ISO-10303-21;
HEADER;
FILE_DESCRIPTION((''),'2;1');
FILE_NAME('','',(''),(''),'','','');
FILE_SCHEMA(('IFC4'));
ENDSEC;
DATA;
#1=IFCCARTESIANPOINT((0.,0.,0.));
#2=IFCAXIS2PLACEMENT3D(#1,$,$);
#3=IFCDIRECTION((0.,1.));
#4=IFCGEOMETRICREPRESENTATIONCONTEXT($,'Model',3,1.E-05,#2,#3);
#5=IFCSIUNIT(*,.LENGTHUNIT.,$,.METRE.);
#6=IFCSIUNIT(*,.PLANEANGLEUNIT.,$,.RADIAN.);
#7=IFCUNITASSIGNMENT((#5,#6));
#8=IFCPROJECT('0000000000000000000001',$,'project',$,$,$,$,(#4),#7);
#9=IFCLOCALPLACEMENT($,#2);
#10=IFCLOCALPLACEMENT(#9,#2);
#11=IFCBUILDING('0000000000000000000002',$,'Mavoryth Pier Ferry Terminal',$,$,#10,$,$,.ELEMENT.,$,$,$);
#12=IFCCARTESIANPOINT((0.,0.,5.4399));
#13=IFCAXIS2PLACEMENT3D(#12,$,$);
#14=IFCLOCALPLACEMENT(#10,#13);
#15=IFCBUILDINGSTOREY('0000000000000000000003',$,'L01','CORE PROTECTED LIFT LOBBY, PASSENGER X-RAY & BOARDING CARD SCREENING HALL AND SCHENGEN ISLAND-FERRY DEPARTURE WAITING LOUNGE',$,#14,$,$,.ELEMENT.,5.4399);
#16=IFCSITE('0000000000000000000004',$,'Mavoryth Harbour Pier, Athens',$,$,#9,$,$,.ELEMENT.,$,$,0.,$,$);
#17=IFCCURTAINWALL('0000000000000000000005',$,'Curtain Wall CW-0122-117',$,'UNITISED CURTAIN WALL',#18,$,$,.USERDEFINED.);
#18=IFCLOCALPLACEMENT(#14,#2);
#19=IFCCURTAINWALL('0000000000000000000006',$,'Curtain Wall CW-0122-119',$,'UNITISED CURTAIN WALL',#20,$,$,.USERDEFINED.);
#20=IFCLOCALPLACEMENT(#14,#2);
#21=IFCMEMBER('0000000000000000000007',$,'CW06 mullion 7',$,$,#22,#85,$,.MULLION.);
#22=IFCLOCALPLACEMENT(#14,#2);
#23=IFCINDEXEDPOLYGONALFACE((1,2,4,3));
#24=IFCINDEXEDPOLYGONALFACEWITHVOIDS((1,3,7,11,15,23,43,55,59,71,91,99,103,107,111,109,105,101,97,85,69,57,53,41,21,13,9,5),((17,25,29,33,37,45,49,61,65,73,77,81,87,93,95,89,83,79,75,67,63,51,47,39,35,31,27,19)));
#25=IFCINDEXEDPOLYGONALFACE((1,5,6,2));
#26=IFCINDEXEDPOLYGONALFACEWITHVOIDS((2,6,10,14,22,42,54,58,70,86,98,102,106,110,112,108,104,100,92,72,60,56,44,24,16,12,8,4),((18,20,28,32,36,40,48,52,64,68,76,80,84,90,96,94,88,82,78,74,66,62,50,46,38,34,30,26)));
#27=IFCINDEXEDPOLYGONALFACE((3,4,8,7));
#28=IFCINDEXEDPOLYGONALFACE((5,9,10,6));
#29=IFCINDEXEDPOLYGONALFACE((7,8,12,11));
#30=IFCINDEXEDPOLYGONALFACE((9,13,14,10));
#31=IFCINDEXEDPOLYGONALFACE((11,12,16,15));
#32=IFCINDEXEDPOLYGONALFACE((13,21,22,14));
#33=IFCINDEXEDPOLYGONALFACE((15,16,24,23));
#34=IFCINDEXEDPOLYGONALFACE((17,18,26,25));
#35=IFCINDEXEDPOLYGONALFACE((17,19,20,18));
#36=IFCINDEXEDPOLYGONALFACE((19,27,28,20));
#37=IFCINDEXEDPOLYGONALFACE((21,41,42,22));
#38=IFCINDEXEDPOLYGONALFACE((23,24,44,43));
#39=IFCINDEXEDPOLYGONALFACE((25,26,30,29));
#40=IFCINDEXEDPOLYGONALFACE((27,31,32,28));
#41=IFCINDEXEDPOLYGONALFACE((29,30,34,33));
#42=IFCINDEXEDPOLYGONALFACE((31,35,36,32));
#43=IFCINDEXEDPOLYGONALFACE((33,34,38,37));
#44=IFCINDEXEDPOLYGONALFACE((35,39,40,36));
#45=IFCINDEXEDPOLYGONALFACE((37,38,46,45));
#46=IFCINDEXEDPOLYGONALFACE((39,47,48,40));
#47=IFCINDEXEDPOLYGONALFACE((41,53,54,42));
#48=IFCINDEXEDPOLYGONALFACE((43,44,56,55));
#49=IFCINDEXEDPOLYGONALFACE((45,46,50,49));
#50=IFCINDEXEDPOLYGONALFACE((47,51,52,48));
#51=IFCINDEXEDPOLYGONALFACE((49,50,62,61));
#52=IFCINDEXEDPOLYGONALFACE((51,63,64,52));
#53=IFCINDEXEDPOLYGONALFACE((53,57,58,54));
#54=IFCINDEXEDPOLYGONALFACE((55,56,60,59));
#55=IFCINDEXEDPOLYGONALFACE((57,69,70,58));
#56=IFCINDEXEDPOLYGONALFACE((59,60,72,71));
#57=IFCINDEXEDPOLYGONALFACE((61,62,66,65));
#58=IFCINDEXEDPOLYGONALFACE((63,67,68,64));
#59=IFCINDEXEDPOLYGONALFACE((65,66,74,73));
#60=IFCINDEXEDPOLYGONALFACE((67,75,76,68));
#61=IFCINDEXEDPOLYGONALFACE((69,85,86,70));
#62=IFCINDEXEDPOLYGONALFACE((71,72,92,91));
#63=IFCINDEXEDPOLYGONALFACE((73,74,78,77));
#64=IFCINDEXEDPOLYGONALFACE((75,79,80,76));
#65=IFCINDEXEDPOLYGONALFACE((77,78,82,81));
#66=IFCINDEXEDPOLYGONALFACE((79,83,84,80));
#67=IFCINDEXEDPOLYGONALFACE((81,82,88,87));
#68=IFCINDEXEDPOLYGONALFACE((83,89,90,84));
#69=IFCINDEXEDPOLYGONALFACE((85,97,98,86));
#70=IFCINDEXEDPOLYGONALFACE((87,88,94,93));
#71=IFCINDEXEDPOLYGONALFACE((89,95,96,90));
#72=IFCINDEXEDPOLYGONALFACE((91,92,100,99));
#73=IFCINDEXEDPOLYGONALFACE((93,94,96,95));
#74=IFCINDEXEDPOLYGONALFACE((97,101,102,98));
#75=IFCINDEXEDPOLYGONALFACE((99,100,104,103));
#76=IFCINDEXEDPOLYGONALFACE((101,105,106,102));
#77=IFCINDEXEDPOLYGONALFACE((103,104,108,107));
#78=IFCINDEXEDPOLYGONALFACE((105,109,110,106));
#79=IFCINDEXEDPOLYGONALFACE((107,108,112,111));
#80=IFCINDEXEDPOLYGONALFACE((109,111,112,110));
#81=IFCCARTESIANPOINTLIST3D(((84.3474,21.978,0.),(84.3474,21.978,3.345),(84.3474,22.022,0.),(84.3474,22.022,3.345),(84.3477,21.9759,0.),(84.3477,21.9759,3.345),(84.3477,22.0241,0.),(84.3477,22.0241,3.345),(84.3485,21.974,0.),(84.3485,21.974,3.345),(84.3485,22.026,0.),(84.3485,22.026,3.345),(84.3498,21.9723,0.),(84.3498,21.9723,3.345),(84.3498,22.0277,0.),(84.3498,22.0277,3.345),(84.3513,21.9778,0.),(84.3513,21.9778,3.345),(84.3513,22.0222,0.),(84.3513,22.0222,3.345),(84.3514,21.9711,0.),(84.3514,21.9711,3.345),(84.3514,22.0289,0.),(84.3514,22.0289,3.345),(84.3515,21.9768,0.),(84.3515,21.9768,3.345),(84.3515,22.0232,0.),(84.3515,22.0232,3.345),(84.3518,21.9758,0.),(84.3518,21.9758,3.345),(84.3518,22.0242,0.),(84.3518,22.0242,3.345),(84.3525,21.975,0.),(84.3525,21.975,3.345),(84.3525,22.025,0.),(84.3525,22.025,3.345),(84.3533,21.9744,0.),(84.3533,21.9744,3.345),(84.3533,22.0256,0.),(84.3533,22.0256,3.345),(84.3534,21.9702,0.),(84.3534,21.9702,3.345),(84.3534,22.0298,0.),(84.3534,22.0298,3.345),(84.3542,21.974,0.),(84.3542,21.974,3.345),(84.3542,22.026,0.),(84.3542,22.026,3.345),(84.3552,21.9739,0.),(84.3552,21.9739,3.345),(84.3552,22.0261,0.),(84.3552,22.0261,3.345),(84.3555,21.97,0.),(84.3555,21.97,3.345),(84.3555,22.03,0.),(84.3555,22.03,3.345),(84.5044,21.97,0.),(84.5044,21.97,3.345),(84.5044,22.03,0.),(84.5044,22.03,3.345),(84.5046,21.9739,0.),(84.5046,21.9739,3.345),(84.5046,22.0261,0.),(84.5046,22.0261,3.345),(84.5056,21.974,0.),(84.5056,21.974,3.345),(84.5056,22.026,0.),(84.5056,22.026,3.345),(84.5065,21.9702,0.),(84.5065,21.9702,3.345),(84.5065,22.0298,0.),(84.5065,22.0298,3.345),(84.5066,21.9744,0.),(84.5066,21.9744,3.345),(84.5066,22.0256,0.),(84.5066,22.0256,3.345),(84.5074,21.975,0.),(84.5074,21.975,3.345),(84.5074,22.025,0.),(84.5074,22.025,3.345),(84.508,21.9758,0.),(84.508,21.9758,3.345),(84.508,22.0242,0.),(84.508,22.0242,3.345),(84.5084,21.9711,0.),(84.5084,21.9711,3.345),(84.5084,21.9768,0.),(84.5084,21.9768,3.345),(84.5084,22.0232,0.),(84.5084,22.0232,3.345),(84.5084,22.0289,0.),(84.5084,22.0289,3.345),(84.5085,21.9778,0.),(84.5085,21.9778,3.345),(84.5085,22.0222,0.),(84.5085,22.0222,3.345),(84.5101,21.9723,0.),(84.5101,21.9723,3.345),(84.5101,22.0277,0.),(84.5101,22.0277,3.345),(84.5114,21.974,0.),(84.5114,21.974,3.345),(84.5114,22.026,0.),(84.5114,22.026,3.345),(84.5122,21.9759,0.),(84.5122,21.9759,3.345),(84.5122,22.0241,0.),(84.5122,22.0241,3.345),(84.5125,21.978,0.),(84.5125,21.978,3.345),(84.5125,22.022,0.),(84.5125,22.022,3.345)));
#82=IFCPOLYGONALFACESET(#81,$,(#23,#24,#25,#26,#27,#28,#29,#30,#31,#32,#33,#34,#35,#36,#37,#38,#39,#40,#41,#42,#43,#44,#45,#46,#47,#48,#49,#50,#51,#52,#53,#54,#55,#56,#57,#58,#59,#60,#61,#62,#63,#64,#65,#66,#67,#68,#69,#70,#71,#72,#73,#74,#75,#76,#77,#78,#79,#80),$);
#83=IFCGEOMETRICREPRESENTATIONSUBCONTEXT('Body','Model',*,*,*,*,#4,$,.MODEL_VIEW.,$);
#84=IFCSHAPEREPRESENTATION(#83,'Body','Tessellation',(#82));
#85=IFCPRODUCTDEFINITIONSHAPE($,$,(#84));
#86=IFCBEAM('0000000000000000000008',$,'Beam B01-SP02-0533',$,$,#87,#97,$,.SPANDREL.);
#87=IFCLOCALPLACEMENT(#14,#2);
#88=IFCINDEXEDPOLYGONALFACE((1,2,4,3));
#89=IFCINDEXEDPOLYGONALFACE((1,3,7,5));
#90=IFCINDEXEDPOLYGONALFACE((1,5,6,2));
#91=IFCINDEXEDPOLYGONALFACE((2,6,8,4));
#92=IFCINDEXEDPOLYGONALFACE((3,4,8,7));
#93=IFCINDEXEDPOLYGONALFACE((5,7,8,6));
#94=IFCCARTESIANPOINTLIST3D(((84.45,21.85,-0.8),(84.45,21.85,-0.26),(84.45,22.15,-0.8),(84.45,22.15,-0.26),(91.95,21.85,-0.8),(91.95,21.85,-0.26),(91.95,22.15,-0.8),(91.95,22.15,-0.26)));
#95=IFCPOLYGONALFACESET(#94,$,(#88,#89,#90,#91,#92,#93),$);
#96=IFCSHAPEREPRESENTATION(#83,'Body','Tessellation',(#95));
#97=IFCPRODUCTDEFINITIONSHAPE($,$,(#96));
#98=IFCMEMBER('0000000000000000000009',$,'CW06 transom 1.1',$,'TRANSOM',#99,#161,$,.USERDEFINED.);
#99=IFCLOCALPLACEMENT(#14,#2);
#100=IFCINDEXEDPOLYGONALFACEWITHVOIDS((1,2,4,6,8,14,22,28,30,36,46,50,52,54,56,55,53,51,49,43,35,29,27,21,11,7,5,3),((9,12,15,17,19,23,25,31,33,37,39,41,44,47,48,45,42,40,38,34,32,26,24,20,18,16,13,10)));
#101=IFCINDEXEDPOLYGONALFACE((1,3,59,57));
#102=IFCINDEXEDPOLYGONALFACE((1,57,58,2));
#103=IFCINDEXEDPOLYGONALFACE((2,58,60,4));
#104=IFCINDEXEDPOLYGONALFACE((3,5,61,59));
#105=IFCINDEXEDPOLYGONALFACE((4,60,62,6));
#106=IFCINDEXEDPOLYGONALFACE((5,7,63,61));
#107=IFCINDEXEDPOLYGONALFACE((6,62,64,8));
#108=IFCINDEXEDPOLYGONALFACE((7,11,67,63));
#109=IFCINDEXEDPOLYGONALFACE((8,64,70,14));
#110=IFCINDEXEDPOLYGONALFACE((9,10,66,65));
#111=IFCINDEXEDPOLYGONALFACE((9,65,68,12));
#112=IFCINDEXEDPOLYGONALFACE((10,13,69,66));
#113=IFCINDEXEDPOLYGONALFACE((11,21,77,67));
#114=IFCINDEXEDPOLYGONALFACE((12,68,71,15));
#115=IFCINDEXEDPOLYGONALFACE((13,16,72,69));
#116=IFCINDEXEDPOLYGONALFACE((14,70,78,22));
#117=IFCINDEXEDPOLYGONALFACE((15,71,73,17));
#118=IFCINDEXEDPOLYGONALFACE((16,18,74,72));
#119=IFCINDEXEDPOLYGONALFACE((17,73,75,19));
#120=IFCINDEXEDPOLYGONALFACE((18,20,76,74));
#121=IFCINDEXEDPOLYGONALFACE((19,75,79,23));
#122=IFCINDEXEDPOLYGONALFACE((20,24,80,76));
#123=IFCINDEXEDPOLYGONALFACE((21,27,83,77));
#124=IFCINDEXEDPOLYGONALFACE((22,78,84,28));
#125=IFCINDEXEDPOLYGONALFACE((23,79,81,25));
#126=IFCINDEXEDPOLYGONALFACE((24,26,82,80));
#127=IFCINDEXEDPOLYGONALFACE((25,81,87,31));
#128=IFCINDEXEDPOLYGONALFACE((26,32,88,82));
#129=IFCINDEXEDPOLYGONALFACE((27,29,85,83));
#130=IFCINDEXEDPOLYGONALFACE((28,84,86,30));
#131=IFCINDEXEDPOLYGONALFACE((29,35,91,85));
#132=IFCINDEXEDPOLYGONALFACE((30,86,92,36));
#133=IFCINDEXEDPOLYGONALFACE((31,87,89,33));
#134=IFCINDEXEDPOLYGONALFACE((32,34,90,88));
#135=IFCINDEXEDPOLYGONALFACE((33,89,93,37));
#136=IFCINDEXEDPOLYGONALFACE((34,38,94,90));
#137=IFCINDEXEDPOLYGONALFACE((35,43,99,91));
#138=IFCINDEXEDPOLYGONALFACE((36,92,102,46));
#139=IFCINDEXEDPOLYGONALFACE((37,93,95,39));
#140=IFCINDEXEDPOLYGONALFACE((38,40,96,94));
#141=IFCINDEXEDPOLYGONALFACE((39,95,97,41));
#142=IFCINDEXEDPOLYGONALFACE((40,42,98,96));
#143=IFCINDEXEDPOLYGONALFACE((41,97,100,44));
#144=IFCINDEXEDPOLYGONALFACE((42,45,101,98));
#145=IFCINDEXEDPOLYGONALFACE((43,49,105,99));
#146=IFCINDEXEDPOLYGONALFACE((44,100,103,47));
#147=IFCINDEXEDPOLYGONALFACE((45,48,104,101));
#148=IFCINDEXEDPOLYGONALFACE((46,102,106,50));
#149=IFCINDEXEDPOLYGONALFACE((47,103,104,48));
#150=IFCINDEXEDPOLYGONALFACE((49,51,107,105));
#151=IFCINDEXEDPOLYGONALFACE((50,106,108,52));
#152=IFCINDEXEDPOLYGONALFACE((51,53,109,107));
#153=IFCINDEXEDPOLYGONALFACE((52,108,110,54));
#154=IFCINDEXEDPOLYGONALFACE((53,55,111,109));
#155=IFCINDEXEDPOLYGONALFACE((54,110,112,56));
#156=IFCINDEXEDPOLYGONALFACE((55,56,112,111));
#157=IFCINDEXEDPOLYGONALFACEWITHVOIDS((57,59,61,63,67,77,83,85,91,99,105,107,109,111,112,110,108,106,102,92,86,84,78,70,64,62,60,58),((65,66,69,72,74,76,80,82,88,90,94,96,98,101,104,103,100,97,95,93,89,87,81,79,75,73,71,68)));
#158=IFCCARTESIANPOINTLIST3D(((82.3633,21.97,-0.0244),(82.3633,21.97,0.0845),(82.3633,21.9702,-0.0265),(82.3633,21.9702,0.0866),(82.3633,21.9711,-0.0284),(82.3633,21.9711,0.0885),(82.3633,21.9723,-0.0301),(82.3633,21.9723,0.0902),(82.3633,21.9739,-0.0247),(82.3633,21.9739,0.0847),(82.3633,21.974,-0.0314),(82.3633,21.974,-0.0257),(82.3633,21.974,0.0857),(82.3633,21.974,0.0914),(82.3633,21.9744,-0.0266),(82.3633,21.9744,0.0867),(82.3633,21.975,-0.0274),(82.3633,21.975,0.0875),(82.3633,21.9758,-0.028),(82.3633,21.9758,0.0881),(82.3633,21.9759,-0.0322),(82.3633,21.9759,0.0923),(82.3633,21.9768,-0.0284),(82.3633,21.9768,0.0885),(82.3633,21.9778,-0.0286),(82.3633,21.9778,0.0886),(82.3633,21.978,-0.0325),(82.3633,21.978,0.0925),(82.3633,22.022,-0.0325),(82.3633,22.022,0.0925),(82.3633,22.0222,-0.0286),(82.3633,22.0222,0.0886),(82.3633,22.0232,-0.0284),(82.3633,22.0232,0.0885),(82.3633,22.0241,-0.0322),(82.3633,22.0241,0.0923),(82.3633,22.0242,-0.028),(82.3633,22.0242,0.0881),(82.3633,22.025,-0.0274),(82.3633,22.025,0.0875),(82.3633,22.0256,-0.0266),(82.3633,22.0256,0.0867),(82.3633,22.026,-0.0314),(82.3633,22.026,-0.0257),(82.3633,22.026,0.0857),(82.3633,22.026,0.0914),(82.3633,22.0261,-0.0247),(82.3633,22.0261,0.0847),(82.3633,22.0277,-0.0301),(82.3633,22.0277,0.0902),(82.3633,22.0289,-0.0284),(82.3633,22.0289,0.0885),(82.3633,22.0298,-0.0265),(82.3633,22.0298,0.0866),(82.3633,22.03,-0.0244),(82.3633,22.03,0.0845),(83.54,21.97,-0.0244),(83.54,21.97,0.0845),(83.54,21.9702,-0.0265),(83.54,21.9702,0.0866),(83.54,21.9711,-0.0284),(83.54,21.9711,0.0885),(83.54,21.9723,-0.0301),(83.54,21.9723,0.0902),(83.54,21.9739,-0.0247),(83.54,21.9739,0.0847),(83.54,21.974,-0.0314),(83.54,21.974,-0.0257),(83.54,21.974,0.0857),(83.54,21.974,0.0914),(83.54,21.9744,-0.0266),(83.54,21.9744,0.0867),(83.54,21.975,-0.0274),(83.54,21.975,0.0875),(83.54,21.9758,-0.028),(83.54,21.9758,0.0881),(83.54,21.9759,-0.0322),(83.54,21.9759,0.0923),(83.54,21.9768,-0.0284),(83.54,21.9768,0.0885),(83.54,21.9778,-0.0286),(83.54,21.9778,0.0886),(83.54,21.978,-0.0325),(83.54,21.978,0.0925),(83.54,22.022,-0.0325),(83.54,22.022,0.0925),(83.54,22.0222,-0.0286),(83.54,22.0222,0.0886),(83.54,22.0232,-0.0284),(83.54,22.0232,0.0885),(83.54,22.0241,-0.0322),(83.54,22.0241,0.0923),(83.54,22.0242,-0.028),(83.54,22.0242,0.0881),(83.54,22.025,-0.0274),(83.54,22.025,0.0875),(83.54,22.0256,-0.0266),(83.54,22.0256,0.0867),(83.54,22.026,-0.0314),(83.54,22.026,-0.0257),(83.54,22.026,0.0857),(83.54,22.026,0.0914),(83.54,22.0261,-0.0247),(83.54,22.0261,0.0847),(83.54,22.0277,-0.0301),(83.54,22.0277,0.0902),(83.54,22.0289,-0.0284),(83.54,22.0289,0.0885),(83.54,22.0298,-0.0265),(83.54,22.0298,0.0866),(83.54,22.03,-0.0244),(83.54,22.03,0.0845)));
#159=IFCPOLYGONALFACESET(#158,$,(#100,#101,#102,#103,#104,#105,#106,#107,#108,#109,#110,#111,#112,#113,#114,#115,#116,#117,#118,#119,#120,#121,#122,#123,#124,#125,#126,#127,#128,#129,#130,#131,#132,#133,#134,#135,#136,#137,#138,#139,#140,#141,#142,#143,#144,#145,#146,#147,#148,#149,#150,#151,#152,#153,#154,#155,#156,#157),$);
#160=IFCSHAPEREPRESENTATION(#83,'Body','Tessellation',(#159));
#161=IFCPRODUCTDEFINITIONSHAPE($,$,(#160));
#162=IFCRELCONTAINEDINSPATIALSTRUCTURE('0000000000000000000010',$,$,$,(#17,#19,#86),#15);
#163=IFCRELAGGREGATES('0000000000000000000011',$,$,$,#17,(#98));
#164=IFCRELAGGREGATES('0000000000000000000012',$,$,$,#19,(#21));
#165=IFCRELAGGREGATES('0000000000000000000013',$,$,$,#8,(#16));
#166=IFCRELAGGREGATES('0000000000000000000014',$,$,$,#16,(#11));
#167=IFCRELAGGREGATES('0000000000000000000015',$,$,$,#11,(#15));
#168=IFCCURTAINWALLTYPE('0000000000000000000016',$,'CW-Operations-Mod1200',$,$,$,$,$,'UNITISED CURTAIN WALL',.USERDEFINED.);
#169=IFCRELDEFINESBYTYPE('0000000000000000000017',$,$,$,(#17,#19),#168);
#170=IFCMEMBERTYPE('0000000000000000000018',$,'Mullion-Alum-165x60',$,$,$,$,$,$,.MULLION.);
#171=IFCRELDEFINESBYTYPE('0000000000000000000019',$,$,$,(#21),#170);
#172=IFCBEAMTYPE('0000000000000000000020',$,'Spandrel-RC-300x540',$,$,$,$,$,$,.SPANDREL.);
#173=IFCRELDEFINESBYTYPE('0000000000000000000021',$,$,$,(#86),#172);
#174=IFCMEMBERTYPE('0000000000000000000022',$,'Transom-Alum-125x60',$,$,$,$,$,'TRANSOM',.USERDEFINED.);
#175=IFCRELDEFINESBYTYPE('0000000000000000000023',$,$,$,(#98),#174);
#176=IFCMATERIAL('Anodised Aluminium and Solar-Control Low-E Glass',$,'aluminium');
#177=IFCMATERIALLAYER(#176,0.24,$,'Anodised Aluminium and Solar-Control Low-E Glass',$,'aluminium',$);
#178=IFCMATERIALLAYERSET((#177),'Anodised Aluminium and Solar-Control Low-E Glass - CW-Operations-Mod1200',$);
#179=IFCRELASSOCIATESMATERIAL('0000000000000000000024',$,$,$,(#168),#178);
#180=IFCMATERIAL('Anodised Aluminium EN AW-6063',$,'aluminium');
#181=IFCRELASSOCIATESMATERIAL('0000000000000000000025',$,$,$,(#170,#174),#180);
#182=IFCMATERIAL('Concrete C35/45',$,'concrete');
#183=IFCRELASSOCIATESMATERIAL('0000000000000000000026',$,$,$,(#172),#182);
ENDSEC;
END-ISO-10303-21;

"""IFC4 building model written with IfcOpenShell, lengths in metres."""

from ifc_helpers import new_model, si_unit, direction, frame, origin, origin_2d, place, context, subcontext, project, spatial, rectangle, hollow_rectangle, extrude, material, layer, layer_set, material_profile, profile_set, type_object, element, aggregate, save


model = new_model("IFC4")

# Units and contexts
model_context = context("Model", 3, precision=1e-05, world=origin(), true_north=direction((0.0, 1.0)))
body_context = subcontext(model_context, "Body", "Model", "MODEL_VIEW")
ifc_project = project(units=[si_unit("LENGTHUNIT", "METRE"), si_unit("PLANEANGLEUNIT", "RADIAN")], contexts=[model_context])

# Site, building, storey
site_placement = place(None, origin())
site = spatial("IfcSite", under=ifc_project, at=site_placement, Name="Mavoryth Harbour Pier, Athens", CompositionType="ELEMENT", RefElevation=0.0)
building_placement = place(site_placement, origin())
building = spatial("IfcBuilding", under=site, at=building_placement, Name="Mavoryth Pier Ferry Terminal", CompositionType="ELEMENT")
storey_placement = place(building_placement, frame((0.0, 0.0, 5.4399)))
storey = spatial("IfcBuildingStorey", under=building, at=storey_placement, Name="L01", Description="CORE PROTECTED LIFT LOBBY, PASSENGER X-RAY & BOARDING CARD SCREENING HALL AND SCHENGEN ISLAND-FERRY DEPARTURE WAITING LOUNGE", CompositionType="ELEMENT", Elevation=5.4399)

# Curtain walls, member
ifc_material_1 = material(Name="Anodised Aluminium and Solar-Control Low-E Glass", Category="aluminium")
ifc_layer_1 = layer(ifc_material_1, 0.24, Name="Anodised Aluminium and Solar-Control Low-E Glass", Category="aluminium")
ifc_layer_set_1 = layer_set([ifc_layer_1], Name="Anodised Aluminium and Solar-Control Low-E Glass - CW-Operations-Mod1200")
curtain_wall_type = type_object("IfcCurtainWallType", Name="CW-Operations-Mod1200", ElementType="UNITISED CURTAIN WALL", PredefinedType="USERDEFINED", material=ifc_layer_set_1)
curtain_wall_1_placement = place(storey_placement, origin())
curtain_wall_1 = element("IfcCurtainWall", 1, at=curtain_wall_1_placement, inside=storey, type_object=curtain_wall_type, Name="Curtain Wall CW-0122-117", ObjectType="UNITISED CURTAIN WALL", PredefinedType="USERDEFINED")
ifc_material_2 = material(Name="Anodised Aluminium EN AW-6063", Category="aluminium")
ifc_material_profile_1 = material_profile(ifc_material_2, hollow_rectangle(XDim=0.0601, YDim=0.165, WallThickness=0.0039, InnerFilletRadius=0.0039, OuterFilletRadius=0.0081, at=origin_2d()), Name="AL-MULL 165x60x4", Category="aluminium")
ifc_profile_set_1 = profile_set([ifc_material_profile_1], Name="Anodised Aluminium EN AW-6063 - AL-MULL 165x60x4")
member_type_1 = type_object("IfcMemberType", Name="Mullion-Alum-165x60", PredefinedType="MULLION", material=ifc_profile_set_1)
curtain_wall_2_placement = place(storey_placement, origin())
curtain_wall_2 = element("IfcCurtainWall", 2, at=curtain_wall_2_placement, inside=storey, type_object=curtain_wall_type, Name="Curtain Wall CW-0122-119", ObjectType="UNITISED CURTAIN WALL", PredefinedType="USERDEFINED")
member_1_placement = place(storey_placement, frame((84.4299, 22.0, 0.0), z_axis=(0.0, 0.0, 1.0), x_axis=(0.0, -1.0, 0.0)))
member_1 = element("IfcMember", 3, at=member_1_placement, type_object=member_type_1, Name="CW06 mullion 7", PredefinedType="MULLION", context=body_context, shape_type="SweptSolid", body=[
    extrude(hollow_rectangle(XDim=0.0601, YDim=0.165, WallThickness=0.0039, InnerFilletRadius=0.0039, OuterFilletRadius=0.0081, at=origin_2d()), origin(), (0.0, 0.0, 1.0), 3.345),
])

# Beam
ifc_material_3 = material(Name="Concrete C35/45", Category="concrete")
ifc_material_profile_2 = material_profile(ifc_material_3, rectangle(XDim=0.3, YDim=0.54, at=origin_2d()), Name="RC 300x540", Category="concrete")
ifc_profile_set_2 = profile_set([ifc_material_profile_2], Name="Concrete C35/45 - RC 300x540")
beam_type = type_object("IfcBeamType", Name="Spandrel-RC-300x540", PredefinedType="SPANDREL", material=ifc_profile_set_2)
beam_placement = place(storey_placement, frame((84.45, 22.0, -0.53), z_axis=(1.0, 0.0, 0.0), x_axis=(0.0, 1.0, 0.0)))
element("IfcBeam", 4, at=beam_placement, inside=storey, type_object=beam_type, Name="Beam B01-SP02-0533", PredefinedType="SPANDREL", context=body_context, shape_type="SweptSolid", body=[
    extrude(rectangle(XDim=0.3, YDim=0.54, at=origin_2d()), origin(), (0.0, 0.0, 1.0), 7.5),
])

# Member
ifc_material_profile_3 = material_profile(ifc_material_2, hollow_rectangle(XDim=0.0601, YDim=0.125, WallThickness=0.0039, InnerFilletRadius=0.0039, OuterFilletRadius=0.0081, at=origin_2d()), Name="AL-TRAN 125x60x4", Category="aluminium")
ifc_profile_set_3 = profile_set([ifc_material_profile_3], Name="Anodised Aluminium EN AW-6063 - AL-TRAN 125x60x4")
member_type_2 = type_object("IfcMemberType", Name="Transom-Alum-125x60", ElementType="TRANSOM", PredefinedType="USERDEFINED", material=ifc_profile_set_3)
member_2_placement = place(storey_placement, frame((83.54, 22.0, 0.03), z_axis=(-1.0, 0.0, 0.0), x_axis=(0.0, -1.0, 0.0)))
member_2 = element("IfcMember", 5, at=member_2_placement, type_object=member_type_2, Name="CW06 transom 1.1", ObjectType="TRANSOM", PredefinedType="USERDEFINED", context=body_context, shape_type="SweptSolid", body=[
    extrude(hollow_rectangle(XDim=0.0601, YDim=0.125, WallThickness=0.0039, InnerFilletRadius=0.0039, OuterFilletRadius=0.0081, at=origin_2d()), origin(), (0.0, 0.0, 1.0), 1.1768),
])

aggregate(curtain_wall_1, [member_2])
aggregate(curtain_wall_2, [member_1])

save(model, "model.ifc")
